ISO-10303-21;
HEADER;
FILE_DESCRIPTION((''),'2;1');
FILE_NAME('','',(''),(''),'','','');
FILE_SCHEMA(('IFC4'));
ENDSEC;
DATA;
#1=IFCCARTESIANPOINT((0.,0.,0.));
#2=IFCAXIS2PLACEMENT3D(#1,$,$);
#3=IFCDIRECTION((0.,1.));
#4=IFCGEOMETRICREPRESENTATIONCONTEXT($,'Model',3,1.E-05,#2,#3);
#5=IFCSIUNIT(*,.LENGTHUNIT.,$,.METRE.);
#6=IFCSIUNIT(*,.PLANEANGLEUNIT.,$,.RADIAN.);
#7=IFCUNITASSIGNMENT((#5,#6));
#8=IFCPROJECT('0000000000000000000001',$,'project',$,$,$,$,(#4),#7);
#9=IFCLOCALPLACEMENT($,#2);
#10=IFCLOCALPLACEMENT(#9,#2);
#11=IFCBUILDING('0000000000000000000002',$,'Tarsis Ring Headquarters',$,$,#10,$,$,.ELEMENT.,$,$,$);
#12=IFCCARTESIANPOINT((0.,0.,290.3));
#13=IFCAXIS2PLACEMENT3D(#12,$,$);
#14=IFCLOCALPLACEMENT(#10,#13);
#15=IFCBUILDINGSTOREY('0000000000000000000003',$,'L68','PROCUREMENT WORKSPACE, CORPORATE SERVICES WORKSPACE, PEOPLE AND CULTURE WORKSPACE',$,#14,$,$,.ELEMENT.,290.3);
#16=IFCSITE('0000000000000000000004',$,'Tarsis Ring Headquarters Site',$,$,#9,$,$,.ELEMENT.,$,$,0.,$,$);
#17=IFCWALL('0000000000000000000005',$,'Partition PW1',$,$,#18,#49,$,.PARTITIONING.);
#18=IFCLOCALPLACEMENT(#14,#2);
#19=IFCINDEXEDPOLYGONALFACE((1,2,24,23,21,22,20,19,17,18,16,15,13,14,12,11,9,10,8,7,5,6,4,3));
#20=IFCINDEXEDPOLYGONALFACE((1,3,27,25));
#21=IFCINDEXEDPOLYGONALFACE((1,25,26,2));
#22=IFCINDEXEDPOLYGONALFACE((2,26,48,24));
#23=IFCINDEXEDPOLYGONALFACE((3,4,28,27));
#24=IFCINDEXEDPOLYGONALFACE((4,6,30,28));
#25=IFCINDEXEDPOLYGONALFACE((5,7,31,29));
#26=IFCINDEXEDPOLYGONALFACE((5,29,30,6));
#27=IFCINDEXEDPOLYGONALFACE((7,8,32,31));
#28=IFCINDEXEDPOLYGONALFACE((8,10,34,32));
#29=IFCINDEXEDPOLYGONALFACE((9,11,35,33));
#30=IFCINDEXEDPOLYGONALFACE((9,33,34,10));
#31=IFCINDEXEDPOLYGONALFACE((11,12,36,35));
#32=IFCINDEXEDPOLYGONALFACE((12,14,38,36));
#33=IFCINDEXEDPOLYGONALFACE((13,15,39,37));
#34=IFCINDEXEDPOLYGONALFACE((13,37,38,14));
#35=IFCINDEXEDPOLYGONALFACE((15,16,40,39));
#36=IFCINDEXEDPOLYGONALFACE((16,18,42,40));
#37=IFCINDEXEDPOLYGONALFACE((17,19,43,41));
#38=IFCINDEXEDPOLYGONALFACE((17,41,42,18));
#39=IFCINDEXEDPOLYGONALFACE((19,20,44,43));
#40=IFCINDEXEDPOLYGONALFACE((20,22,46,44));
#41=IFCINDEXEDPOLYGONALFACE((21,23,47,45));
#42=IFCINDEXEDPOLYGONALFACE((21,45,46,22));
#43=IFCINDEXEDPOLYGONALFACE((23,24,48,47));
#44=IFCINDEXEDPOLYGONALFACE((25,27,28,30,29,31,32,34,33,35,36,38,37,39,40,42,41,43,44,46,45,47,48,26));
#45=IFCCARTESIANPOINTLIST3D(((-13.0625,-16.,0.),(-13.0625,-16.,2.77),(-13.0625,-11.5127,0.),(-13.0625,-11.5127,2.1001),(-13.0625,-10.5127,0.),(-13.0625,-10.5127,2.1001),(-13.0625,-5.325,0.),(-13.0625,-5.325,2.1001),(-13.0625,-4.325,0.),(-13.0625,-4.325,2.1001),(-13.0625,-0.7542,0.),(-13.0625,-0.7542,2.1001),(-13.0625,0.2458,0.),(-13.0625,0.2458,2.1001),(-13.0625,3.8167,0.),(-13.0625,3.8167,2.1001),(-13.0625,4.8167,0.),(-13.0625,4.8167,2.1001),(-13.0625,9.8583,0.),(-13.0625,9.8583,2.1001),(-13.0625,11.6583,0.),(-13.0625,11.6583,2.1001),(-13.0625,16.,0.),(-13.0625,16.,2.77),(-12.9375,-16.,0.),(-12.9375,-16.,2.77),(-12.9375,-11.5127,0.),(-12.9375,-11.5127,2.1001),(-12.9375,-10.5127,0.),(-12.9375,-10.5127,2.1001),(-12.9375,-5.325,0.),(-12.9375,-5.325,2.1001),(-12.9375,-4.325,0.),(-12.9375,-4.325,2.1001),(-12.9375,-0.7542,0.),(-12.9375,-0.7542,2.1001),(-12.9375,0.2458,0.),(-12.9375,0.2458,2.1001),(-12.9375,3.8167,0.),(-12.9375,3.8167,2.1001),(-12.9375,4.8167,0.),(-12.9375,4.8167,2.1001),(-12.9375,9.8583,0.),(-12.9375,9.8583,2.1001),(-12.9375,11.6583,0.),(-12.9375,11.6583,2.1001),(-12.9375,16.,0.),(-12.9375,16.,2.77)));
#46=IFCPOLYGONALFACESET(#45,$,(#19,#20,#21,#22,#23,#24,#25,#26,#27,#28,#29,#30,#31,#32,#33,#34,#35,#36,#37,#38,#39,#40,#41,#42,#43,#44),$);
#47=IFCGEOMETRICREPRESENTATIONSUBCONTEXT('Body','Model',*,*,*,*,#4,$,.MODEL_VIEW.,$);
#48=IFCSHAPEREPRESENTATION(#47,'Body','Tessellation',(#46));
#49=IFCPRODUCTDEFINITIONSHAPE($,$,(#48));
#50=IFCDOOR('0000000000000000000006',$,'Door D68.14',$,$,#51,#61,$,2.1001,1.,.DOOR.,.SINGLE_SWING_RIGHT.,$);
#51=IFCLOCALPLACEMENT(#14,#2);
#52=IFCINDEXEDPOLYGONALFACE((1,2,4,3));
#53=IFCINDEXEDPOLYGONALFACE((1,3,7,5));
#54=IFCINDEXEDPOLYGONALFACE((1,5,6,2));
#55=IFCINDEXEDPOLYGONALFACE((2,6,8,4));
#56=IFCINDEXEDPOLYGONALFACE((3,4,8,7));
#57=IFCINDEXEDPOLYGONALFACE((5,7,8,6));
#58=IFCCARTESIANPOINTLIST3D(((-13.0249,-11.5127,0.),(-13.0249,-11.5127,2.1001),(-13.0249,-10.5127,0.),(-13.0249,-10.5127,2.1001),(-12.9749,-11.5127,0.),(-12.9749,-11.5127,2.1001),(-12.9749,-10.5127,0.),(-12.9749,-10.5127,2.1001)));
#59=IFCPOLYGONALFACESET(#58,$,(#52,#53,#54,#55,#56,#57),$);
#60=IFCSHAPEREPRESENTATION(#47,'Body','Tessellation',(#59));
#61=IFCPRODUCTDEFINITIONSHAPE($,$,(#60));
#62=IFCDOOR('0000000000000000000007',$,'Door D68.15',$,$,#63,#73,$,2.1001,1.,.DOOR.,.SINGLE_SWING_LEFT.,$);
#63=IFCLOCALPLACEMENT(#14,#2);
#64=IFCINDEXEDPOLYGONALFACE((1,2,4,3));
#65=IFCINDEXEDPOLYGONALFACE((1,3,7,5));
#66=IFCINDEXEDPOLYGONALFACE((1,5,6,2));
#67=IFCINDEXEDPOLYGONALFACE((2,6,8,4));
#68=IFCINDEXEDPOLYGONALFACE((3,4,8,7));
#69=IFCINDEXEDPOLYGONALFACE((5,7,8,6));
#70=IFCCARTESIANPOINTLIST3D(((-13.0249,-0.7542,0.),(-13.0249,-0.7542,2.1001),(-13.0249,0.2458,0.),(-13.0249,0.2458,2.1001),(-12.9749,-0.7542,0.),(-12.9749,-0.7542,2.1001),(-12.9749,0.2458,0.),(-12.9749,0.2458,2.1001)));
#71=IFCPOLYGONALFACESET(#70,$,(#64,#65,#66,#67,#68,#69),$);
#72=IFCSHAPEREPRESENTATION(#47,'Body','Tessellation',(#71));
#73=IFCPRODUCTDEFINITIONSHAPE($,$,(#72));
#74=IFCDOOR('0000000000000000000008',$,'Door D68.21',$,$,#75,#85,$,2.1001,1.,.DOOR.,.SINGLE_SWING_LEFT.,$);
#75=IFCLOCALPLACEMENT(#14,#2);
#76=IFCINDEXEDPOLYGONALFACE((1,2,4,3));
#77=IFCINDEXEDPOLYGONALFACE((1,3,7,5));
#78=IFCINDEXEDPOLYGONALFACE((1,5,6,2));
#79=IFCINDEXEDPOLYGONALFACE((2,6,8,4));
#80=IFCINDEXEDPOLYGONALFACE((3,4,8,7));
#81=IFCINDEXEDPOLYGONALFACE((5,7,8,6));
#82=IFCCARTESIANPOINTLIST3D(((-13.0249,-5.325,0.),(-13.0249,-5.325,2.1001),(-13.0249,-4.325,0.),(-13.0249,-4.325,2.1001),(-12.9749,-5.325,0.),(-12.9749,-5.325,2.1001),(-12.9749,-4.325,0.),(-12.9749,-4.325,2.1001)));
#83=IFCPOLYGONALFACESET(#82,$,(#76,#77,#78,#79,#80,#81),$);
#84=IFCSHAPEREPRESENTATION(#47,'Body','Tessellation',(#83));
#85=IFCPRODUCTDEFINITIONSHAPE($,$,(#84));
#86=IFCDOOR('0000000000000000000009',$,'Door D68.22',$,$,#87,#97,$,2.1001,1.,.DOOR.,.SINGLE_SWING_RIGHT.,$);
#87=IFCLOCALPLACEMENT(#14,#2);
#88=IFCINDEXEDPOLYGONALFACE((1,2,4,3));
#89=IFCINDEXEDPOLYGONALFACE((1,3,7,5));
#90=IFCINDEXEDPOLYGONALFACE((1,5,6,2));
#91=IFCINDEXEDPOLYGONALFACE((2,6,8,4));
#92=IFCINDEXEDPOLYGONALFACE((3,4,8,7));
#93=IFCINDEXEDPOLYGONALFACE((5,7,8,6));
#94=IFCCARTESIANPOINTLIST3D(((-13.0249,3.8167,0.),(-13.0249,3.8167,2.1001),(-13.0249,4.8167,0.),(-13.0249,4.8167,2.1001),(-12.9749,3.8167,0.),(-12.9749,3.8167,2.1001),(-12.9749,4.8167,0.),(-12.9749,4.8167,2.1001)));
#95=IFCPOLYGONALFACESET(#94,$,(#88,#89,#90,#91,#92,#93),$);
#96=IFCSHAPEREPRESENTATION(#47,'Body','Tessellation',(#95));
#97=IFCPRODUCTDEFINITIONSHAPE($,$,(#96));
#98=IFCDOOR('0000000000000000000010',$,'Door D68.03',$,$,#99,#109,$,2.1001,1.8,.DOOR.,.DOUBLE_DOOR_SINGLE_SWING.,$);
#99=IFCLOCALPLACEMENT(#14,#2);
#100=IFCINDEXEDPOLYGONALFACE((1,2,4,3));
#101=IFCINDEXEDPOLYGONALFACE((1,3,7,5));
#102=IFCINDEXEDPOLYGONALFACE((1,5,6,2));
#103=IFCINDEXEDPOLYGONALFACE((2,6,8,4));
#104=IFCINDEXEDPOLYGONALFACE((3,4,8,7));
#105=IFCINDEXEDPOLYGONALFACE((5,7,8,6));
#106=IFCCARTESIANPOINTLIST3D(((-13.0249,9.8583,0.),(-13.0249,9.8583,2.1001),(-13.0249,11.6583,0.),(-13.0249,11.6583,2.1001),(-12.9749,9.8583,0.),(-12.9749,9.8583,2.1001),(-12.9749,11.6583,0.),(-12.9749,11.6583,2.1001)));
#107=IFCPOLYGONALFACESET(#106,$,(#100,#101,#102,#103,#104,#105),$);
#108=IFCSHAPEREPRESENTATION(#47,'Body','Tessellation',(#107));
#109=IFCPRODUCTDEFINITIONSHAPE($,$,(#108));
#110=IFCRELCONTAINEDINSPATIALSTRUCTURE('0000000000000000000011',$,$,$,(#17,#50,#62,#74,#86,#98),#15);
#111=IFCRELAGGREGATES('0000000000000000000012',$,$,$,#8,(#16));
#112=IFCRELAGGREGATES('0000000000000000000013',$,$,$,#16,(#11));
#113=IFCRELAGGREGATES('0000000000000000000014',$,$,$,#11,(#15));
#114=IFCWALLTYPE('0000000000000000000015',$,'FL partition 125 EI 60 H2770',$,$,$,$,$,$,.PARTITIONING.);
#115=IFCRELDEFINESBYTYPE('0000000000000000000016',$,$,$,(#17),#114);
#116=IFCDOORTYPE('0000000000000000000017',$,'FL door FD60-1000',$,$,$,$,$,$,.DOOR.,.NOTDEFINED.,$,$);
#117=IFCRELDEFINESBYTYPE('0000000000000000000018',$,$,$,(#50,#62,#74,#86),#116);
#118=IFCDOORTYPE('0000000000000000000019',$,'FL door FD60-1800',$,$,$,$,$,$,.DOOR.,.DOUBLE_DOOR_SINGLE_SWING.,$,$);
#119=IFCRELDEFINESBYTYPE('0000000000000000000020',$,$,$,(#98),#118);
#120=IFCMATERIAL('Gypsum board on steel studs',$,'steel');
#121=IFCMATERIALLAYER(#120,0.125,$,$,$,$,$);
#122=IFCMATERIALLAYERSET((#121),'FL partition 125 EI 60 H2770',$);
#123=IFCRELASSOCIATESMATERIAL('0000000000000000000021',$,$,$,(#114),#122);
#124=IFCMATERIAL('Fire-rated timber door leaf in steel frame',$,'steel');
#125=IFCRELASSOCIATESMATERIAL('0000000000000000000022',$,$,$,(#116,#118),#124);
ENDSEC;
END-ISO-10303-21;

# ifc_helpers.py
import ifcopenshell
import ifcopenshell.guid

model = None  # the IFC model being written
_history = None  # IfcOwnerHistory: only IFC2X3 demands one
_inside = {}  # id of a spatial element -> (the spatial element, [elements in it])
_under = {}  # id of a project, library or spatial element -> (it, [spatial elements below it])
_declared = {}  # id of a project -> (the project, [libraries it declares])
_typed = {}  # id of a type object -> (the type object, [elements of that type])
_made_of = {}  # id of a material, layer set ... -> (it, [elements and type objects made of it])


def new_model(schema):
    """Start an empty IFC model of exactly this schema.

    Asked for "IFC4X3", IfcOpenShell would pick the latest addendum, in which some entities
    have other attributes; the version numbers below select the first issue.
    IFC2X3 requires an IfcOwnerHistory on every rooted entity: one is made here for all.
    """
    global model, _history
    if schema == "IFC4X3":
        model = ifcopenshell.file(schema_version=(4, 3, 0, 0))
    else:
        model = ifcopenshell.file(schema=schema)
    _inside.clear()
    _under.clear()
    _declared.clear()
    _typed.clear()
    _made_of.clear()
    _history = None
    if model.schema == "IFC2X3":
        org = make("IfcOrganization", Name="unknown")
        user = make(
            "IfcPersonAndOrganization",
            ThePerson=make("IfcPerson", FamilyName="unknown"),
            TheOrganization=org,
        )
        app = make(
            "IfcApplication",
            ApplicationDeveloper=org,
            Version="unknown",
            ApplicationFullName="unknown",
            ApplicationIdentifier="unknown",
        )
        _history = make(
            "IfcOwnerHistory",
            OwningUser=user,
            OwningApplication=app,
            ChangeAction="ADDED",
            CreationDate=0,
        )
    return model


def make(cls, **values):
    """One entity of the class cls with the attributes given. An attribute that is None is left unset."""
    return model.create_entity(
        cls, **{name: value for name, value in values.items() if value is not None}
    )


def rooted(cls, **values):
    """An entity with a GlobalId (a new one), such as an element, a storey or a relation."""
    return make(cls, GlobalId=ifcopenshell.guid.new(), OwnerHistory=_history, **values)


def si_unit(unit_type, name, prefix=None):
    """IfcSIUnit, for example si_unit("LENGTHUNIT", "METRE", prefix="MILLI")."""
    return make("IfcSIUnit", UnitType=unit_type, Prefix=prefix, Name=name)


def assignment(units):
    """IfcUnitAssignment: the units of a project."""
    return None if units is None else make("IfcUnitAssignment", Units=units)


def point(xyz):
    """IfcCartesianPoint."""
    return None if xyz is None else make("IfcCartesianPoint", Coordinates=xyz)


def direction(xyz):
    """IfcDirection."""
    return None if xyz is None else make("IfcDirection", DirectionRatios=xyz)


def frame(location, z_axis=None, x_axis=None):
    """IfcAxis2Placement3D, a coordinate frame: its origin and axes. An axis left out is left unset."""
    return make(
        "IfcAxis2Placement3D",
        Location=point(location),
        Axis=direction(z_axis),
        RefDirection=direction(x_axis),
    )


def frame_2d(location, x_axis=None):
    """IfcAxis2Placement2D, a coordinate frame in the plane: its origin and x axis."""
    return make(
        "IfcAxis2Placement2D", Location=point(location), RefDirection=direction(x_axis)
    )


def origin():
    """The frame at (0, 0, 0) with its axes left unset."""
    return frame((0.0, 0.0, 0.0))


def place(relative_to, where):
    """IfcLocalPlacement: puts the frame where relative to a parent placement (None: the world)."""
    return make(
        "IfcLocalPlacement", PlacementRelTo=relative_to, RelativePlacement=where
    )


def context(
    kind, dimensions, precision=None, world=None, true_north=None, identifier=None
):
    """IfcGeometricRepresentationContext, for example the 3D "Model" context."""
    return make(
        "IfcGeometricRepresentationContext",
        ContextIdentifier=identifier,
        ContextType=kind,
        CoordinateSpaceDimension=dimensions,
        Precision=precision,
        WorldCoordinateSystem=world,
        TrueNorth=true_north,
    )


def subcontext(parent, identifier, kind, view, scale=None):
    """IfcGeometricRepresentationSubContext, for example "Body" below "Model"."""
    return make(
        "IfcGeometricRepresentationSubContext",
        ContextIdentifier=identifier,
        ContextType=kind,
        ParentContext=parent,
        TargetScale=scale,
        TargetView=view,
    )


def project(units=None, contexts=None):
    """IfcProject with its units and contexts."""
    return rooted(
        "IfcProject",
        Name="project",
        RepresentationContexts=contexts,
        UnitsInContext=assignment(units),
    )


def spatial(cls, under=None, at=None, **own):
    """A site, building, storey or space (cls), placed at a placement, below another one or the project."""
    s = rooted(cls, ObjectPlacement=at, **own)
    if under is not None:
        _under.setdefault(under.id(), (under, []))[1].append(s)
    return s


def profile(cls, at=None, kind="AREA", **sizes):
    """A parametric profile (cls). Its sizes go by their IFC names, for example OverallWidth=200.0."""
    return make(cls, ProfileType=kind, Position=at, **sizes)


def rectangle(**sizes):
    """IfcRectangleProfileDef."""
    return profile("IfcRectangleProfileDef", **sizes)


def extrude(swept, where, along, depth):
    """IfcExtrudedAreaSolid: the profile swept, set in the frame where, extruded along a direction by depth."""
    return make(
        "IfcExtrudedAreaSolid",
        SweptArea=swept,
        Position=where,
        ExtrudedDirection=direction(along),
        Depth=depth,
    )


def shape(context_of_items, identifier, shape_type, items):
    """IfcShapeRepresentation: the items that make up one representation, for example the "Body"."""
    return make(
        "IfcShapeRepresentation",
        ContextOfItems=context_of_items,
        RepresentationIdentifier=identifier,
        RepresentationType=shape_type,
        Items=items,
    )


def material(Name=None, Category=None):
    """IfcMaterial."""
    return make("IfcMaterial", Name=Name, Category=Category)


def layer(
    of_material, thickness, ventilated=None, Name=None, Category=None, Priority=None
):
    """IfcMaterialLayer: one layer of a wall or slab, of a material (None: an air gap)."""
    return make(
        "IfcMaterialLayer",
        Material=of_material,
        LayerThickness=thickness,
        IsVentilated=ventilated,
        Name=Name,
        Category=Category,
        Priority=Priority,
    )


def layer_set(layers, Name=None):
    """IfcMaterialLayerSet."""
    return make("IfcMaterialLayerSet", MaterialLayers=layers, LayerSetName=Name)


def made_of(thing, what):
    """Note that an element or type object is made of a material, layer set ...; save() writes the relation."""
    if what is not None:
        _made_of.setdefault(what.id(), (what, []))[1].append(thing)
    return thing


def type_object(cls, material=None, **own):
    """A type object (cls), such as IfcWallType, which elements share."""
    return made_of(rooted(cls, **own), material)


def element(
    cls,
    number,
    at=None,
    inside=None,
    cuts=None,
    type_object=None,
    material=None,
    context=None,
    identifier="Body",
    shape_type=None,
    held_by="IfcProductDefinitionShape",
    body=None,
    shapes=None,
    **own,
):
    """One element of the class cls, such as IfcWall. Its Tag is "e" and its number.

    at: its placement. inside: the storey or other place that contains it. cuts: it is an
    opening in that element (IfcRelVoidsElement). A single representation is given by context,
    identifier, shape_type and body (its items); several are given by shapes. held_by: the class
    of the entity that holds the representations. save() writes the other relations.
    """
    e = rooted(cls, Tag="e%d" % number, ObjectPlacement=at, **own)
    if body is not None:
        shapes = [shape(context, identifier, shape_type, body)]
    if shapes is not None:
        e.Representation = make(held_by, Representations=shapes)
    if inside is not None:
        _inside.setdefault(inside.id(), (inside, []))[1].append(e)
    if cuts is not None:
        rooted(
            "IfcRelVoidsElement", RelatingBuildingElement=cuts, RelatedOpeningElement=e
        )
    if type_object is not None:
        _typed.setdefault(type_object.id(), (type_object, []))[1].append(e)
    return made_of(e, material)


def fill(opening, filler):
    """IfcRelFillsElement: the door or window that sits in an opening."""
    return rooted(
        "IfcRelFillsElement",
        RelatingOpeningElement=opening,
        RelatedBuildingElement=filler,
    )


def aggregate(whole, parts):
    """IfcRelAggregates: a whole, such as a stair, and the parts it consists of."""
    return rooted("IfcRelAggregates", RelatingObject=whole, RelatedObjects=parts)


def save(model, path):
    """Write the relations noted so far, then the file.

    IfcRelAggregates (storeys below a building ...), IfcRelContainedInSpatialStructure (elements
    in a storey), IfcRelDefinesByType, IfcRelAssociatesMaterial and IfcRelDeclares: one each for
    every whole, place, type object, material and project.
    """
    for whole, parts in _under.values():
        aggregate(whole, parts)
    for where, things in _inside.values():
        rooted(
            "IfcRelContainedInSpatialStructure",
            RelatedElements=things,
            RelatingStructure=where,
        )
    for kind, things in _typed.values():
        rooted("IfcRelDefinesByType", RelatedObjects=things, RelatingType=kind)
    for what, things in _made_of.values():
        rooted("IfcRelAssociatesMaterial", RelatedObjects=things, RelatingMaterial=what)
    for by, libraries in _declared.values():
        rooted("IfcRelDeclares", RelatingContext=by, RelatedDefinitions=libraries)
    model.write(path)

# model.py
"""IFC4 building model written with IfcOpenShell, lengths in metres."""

from ifc_helpers import new_model, si_unit, direction, frame, frame_2d, origin, place, context, subcontext, project, spatial, rectangle, extrude, material, layer, layer_set, type_object, element, fill, save


model = new_model("IFC4")

# Units and contexts
model_context = context("Model", 3, precision=1e-05, world=origin(), true_north=direction((0.0, 1.0)))
body_context = subcontext(model_context, "Body", "Model", "MODEL_VIEW")
ifc_project = project(units=[si_unit("LENGTHUNIT", "METRE"), si_unit("PLANEANGLEUNIT", "RADIAN")], contexts=[model_context])

# Site, building, storey
site_placement = place(None, origin())
site = spatial("IfcSite", under=ifc_project, at=site_placement, Name="Tarsis Ring Headquarters Site", CompositionType="ELEMENT", RefElevation=0.0)
building_placement = place(site_placement, origin())
building = spatial("IfcBuilding", under=site, at=building_placement, Name="Tarsis Ring Headquarters", CompositionType="ELEMENT")
storey_placement = place(building_placement, frame((0.0, 0.0, 290.3)))
storey = spatial("IfcBuildingStorey", under=building, at=storey_placement, Name="L68", Description="PROCUREMENT WORKSPACE, CORPORATE SERVICES WORKSPACE, PEOPLE AND CULTURE WORKSPACE", CompositionType="ELEMENT", Elevation=290.3)

# Shared definitions
ifc_material_1 = material(Name="Gypsum board on steel studs", Category="steel")

# Wall, openings, doors
ifc_layer_1 = layer(ifc_material_1, 0.125)
ifc_layer_set_1 = layer_set([ifc_layer_1], Name="FL partition 125 EI 60 H2770")
wall_type_1 = type_object("IfcWallType", Name="FL partition 125 EI 60 H2770", PredefinedType="PARTITIONING", material=ifc_layer_set_1)
wall_1_placement = place(storey_placement, frame((-13.0, -16.0, 0.0), z_axis=(0.0, 0.0, 1.0), x_axis=(0.0, 1.0, 0.0)))
wall_1 = element("IfcWall", 1, at=wall_1_placement, inside=storey, type_object=wall_type_1, Name="Partition PW1", PredefinedType="PARTITIONING", context=body_context, shape_type="SweptSolid", body=[
    extrude(rectangle(XDim=32.0, YDim=0.125, at=frame_2d((16.0, 0.0))), origin(), (0.0, 0.0, 1.0), 2.77),
])
opening_1_placement = place(wall_1_placement, frame((25.8584, 0.0, 0.0)))
opening_1 = element("IfcOpeningElement", 2, at=opening_1_placement, cuts=wall_1, PredefinedType="OPENING", context=body_context, shape_type="SweptSolid", body=[
    extrude(rectangle(XDim=1.8, YDim=2.1001, at=frame_2d((0.8999, 1.05))), frame((0.0, 0.0725, 0.0), z_axis=(0.0, -1.0, 0.0), x_axis=(1.0, 0.0, 0.0)), (0.0, 0.0, 1.0), 0.145),
])
opening_2_placement = place(wall_1_placement, frame((4.4873, 0.0, 0.0)))
opening_2 = element("IfcOpeningElement", 3, at=opening_2_placement, cuts=wall_1, PredefinedType="OPENING", context=body_context, shape_type="SweptSolid", body=[
    extrude(rectangle(XDim=1.0, YDim=2.1001, at=frame_2d((0.5, 1.05))), frame((0.0, 0.0725, 0.0), z_axis=(0.0, -1.0, 0.0), x_axis=(1.0, 0.0, 0.0)), (0.0, 0.0, 1.0), 0.145),
])
opening_3_placement = place(wall_1_placement, frame((15.2458, 0.0, 0.0)))
opening_3 = element("IfcOpeningElement", 4, at=opening_3_placement, cuts=wall_1, PredefinedType="OPENING", context=body_context, shape_type="SweptSolid", body=[
    extrude(rectangle(XDim=1.0, YDim=2.1001, at=frame_2d((0.5, 1.05))), frame((0.0, 0.0725, 0.0), z_axis=(0.0, -1.0, 0.0), x_axis=(1.0, 0.0, 0.0)), (0.0, 0.0, 1.0), 0.145),
])
opening_4_placement = place(wall_1_placement, frame((10.675, 0.0, 0.0)))
opening_4 = element("IfcOpeningElement", 5, at=opening_4_placement, cuts=wall_1, PredefinedType="OPENING", context=body_context, shape_type="SweptSolid", body=[
    extrude(rectangle(XDim=1.0, YDim=2.1001, at=frame_2d((0.5, 1.05))), frame((0.0, 0.0725, 0.0), z_axis=(0.0, -1.0, 0.0), x_axis=(1.0, 0.0, 0.0)), (0.0, 0.0, 1.0), 0.145),
])
opening_5_placement = place(wall_1_placement, frame((19.8167, 0.0, 0.0)))
opening_5 = element("IfcOpeningElement", 6, at=opening_5_placement, cuts=wall_1, PredefinedType="OPENING", context=body_context, shape_type="SweptSolid", body=[
    extrude(rectangle(XDim=1.0, YDim=2.1001, at=frame_2d((0.5, 1.05))), frame((0.0, 0.0725, 0.0), z_axis=(0.0, -1.0, 0.0), x_axis=(1.0, 0.0, 0.0)), (0.0, 0.0, 1.0), 0.145),
])
ifc_material_2 = material(Name="Fire-rated timber door leaf in steel frame", Category="steel")
door_type_1 = type_object("IfcDoorType", Name="FL door FD60-1000", OperationType="NOTDEFINED", PredefinedType="DOOR", material=ifc_material_2)
door_1_placement = place(opening_2_placement, origin())
door_1 = element("IfcDoor", 7, at=door_1_placement, inside=storey, type_object=door_type_1, Name="Door D68.14", OperationType="SINGLE_SWING_RIGHT", OverallHeight=2.1001, OverallWidth=1.0, PredefinedType="DOOR", context=body_context, shape_type="SweptSolid", body=[
    extrude(rectangle(XDim=1.0, YDim=2.1001, at=frame_2d((0.5, 1.05))), frame((0.0, 0.0249, 0.0), z_axis=(0.0, -1.0, 0.0), x_axis=(1.0, 0.0, 0.0)), (0.0, 0.0, 1.0), 0.05),
])
fill(opening_2, door_1)
door_2_placement = place(opening_3_placement, origin())
door_2 = element("IfcDoor", 8, at=door_2_placement, inside=storey, type_object=door_type_1, Name="Door D68.15", OperationType="SINGLE_SWING_LEFT", OverallHeight=2.1001, OverallWidth=1.0, PredefinedType="DOOR", context=body_context, shape_type="SweptSolid", body=[
    extrude(rectangle(XDim=1.0, YDim=2.1001, at=frame_2d((0.5, 1.05))), frame((0.0, 0.0249, 0.0), z_axis=(0.0, -1.0, 0.0), x_axis=(1.0, 0.0, 0.0)), (0.0, 0.0, 1.0), 0.05),
])
fill(opening_3, door_2)
door_3_placement = place(opening_4_placement, origin())
door_3 = element("IfcDoor", 9, at=door_3_placement, inside=storey, type_object=door_type_1, Name="Door D68.21", OperationType="SINGLE_SWING_LEFT", OverallHeight=2.1001, OverallWidth=1.0, PredefinedType="DOOR", context=body_context, shape_type="SweptSolid", body=[
    extrude(rectangle(XDim=1.0, YDim=2.1001, at=frame_2d((0.5, 1.05))), frame((0.0, 0.0249, 0.0), z_axis=(0.0, -1.0, 0.0), x_axis=(1.0, 0.0, 0.0)), (0.0, 0.0, 1.0), 0.05),
])
fill(opening_4, door_3)
door_4_placement = place(opening_5_placement, origin())
door_4 = element("IfcDoor", 10, at=door_4_placement, inside=storey, type_object=door_type_1, Name="Door D68.22", OperationType="SINGLE_SWING_RIGHT", OverallHeight=2.1001, OverallWidth=1.0, PredefinedType="DOOR", context=body_context, shape_type="SweptSolid", body=[
    extrude(rectangle(XDim=1.0, YDim=2.1001, at=frame_2d((0.5, 1.05))), frame((0.0, 0.0249, 0.0), z_axis=(0.0, -1.0, 0.0), x_axis=(1.0, 0.0, 0.0)), (0.0, 0.0, 1.0), 0.05),
])
fill(opening_5, door_4)
door_type_2 = type_object("IfcDoorType", Name="FL door FD60-1800", OperationType="DOUBLE_DOOR_SINGLE_SWING", PredefinedType="DOOR", material=ifc_material_2)
door_5_placement = place(opening_1_placement, origin())
door_5 = element("IfcDoor", 11, at=door_5_placement, inside=storey, type_object=door_type_2, Name="Door D68.03", OperationType="DOUBLE_DOOR_SINGLE_SWING", OverallHeight=2.1001, OverallWidth=1.8, PredefinedType="DOOR", context=body_context, shape_type="SweptSolid", body=[
    extrude(rectangle(XDim=1.8, YDim=2.1001, at=frame_2d((0.8999, 1.05))), frame((0.0, 0.0249, 0.0), z_axis=(0.0, -1.0, 0.0), x_axis=(1.0, 0.0, 0.0)), (0.0, 0.0, 1.0), 0.05),
])
fill(opening_1, door_5)

save(model, "model.ifc")
